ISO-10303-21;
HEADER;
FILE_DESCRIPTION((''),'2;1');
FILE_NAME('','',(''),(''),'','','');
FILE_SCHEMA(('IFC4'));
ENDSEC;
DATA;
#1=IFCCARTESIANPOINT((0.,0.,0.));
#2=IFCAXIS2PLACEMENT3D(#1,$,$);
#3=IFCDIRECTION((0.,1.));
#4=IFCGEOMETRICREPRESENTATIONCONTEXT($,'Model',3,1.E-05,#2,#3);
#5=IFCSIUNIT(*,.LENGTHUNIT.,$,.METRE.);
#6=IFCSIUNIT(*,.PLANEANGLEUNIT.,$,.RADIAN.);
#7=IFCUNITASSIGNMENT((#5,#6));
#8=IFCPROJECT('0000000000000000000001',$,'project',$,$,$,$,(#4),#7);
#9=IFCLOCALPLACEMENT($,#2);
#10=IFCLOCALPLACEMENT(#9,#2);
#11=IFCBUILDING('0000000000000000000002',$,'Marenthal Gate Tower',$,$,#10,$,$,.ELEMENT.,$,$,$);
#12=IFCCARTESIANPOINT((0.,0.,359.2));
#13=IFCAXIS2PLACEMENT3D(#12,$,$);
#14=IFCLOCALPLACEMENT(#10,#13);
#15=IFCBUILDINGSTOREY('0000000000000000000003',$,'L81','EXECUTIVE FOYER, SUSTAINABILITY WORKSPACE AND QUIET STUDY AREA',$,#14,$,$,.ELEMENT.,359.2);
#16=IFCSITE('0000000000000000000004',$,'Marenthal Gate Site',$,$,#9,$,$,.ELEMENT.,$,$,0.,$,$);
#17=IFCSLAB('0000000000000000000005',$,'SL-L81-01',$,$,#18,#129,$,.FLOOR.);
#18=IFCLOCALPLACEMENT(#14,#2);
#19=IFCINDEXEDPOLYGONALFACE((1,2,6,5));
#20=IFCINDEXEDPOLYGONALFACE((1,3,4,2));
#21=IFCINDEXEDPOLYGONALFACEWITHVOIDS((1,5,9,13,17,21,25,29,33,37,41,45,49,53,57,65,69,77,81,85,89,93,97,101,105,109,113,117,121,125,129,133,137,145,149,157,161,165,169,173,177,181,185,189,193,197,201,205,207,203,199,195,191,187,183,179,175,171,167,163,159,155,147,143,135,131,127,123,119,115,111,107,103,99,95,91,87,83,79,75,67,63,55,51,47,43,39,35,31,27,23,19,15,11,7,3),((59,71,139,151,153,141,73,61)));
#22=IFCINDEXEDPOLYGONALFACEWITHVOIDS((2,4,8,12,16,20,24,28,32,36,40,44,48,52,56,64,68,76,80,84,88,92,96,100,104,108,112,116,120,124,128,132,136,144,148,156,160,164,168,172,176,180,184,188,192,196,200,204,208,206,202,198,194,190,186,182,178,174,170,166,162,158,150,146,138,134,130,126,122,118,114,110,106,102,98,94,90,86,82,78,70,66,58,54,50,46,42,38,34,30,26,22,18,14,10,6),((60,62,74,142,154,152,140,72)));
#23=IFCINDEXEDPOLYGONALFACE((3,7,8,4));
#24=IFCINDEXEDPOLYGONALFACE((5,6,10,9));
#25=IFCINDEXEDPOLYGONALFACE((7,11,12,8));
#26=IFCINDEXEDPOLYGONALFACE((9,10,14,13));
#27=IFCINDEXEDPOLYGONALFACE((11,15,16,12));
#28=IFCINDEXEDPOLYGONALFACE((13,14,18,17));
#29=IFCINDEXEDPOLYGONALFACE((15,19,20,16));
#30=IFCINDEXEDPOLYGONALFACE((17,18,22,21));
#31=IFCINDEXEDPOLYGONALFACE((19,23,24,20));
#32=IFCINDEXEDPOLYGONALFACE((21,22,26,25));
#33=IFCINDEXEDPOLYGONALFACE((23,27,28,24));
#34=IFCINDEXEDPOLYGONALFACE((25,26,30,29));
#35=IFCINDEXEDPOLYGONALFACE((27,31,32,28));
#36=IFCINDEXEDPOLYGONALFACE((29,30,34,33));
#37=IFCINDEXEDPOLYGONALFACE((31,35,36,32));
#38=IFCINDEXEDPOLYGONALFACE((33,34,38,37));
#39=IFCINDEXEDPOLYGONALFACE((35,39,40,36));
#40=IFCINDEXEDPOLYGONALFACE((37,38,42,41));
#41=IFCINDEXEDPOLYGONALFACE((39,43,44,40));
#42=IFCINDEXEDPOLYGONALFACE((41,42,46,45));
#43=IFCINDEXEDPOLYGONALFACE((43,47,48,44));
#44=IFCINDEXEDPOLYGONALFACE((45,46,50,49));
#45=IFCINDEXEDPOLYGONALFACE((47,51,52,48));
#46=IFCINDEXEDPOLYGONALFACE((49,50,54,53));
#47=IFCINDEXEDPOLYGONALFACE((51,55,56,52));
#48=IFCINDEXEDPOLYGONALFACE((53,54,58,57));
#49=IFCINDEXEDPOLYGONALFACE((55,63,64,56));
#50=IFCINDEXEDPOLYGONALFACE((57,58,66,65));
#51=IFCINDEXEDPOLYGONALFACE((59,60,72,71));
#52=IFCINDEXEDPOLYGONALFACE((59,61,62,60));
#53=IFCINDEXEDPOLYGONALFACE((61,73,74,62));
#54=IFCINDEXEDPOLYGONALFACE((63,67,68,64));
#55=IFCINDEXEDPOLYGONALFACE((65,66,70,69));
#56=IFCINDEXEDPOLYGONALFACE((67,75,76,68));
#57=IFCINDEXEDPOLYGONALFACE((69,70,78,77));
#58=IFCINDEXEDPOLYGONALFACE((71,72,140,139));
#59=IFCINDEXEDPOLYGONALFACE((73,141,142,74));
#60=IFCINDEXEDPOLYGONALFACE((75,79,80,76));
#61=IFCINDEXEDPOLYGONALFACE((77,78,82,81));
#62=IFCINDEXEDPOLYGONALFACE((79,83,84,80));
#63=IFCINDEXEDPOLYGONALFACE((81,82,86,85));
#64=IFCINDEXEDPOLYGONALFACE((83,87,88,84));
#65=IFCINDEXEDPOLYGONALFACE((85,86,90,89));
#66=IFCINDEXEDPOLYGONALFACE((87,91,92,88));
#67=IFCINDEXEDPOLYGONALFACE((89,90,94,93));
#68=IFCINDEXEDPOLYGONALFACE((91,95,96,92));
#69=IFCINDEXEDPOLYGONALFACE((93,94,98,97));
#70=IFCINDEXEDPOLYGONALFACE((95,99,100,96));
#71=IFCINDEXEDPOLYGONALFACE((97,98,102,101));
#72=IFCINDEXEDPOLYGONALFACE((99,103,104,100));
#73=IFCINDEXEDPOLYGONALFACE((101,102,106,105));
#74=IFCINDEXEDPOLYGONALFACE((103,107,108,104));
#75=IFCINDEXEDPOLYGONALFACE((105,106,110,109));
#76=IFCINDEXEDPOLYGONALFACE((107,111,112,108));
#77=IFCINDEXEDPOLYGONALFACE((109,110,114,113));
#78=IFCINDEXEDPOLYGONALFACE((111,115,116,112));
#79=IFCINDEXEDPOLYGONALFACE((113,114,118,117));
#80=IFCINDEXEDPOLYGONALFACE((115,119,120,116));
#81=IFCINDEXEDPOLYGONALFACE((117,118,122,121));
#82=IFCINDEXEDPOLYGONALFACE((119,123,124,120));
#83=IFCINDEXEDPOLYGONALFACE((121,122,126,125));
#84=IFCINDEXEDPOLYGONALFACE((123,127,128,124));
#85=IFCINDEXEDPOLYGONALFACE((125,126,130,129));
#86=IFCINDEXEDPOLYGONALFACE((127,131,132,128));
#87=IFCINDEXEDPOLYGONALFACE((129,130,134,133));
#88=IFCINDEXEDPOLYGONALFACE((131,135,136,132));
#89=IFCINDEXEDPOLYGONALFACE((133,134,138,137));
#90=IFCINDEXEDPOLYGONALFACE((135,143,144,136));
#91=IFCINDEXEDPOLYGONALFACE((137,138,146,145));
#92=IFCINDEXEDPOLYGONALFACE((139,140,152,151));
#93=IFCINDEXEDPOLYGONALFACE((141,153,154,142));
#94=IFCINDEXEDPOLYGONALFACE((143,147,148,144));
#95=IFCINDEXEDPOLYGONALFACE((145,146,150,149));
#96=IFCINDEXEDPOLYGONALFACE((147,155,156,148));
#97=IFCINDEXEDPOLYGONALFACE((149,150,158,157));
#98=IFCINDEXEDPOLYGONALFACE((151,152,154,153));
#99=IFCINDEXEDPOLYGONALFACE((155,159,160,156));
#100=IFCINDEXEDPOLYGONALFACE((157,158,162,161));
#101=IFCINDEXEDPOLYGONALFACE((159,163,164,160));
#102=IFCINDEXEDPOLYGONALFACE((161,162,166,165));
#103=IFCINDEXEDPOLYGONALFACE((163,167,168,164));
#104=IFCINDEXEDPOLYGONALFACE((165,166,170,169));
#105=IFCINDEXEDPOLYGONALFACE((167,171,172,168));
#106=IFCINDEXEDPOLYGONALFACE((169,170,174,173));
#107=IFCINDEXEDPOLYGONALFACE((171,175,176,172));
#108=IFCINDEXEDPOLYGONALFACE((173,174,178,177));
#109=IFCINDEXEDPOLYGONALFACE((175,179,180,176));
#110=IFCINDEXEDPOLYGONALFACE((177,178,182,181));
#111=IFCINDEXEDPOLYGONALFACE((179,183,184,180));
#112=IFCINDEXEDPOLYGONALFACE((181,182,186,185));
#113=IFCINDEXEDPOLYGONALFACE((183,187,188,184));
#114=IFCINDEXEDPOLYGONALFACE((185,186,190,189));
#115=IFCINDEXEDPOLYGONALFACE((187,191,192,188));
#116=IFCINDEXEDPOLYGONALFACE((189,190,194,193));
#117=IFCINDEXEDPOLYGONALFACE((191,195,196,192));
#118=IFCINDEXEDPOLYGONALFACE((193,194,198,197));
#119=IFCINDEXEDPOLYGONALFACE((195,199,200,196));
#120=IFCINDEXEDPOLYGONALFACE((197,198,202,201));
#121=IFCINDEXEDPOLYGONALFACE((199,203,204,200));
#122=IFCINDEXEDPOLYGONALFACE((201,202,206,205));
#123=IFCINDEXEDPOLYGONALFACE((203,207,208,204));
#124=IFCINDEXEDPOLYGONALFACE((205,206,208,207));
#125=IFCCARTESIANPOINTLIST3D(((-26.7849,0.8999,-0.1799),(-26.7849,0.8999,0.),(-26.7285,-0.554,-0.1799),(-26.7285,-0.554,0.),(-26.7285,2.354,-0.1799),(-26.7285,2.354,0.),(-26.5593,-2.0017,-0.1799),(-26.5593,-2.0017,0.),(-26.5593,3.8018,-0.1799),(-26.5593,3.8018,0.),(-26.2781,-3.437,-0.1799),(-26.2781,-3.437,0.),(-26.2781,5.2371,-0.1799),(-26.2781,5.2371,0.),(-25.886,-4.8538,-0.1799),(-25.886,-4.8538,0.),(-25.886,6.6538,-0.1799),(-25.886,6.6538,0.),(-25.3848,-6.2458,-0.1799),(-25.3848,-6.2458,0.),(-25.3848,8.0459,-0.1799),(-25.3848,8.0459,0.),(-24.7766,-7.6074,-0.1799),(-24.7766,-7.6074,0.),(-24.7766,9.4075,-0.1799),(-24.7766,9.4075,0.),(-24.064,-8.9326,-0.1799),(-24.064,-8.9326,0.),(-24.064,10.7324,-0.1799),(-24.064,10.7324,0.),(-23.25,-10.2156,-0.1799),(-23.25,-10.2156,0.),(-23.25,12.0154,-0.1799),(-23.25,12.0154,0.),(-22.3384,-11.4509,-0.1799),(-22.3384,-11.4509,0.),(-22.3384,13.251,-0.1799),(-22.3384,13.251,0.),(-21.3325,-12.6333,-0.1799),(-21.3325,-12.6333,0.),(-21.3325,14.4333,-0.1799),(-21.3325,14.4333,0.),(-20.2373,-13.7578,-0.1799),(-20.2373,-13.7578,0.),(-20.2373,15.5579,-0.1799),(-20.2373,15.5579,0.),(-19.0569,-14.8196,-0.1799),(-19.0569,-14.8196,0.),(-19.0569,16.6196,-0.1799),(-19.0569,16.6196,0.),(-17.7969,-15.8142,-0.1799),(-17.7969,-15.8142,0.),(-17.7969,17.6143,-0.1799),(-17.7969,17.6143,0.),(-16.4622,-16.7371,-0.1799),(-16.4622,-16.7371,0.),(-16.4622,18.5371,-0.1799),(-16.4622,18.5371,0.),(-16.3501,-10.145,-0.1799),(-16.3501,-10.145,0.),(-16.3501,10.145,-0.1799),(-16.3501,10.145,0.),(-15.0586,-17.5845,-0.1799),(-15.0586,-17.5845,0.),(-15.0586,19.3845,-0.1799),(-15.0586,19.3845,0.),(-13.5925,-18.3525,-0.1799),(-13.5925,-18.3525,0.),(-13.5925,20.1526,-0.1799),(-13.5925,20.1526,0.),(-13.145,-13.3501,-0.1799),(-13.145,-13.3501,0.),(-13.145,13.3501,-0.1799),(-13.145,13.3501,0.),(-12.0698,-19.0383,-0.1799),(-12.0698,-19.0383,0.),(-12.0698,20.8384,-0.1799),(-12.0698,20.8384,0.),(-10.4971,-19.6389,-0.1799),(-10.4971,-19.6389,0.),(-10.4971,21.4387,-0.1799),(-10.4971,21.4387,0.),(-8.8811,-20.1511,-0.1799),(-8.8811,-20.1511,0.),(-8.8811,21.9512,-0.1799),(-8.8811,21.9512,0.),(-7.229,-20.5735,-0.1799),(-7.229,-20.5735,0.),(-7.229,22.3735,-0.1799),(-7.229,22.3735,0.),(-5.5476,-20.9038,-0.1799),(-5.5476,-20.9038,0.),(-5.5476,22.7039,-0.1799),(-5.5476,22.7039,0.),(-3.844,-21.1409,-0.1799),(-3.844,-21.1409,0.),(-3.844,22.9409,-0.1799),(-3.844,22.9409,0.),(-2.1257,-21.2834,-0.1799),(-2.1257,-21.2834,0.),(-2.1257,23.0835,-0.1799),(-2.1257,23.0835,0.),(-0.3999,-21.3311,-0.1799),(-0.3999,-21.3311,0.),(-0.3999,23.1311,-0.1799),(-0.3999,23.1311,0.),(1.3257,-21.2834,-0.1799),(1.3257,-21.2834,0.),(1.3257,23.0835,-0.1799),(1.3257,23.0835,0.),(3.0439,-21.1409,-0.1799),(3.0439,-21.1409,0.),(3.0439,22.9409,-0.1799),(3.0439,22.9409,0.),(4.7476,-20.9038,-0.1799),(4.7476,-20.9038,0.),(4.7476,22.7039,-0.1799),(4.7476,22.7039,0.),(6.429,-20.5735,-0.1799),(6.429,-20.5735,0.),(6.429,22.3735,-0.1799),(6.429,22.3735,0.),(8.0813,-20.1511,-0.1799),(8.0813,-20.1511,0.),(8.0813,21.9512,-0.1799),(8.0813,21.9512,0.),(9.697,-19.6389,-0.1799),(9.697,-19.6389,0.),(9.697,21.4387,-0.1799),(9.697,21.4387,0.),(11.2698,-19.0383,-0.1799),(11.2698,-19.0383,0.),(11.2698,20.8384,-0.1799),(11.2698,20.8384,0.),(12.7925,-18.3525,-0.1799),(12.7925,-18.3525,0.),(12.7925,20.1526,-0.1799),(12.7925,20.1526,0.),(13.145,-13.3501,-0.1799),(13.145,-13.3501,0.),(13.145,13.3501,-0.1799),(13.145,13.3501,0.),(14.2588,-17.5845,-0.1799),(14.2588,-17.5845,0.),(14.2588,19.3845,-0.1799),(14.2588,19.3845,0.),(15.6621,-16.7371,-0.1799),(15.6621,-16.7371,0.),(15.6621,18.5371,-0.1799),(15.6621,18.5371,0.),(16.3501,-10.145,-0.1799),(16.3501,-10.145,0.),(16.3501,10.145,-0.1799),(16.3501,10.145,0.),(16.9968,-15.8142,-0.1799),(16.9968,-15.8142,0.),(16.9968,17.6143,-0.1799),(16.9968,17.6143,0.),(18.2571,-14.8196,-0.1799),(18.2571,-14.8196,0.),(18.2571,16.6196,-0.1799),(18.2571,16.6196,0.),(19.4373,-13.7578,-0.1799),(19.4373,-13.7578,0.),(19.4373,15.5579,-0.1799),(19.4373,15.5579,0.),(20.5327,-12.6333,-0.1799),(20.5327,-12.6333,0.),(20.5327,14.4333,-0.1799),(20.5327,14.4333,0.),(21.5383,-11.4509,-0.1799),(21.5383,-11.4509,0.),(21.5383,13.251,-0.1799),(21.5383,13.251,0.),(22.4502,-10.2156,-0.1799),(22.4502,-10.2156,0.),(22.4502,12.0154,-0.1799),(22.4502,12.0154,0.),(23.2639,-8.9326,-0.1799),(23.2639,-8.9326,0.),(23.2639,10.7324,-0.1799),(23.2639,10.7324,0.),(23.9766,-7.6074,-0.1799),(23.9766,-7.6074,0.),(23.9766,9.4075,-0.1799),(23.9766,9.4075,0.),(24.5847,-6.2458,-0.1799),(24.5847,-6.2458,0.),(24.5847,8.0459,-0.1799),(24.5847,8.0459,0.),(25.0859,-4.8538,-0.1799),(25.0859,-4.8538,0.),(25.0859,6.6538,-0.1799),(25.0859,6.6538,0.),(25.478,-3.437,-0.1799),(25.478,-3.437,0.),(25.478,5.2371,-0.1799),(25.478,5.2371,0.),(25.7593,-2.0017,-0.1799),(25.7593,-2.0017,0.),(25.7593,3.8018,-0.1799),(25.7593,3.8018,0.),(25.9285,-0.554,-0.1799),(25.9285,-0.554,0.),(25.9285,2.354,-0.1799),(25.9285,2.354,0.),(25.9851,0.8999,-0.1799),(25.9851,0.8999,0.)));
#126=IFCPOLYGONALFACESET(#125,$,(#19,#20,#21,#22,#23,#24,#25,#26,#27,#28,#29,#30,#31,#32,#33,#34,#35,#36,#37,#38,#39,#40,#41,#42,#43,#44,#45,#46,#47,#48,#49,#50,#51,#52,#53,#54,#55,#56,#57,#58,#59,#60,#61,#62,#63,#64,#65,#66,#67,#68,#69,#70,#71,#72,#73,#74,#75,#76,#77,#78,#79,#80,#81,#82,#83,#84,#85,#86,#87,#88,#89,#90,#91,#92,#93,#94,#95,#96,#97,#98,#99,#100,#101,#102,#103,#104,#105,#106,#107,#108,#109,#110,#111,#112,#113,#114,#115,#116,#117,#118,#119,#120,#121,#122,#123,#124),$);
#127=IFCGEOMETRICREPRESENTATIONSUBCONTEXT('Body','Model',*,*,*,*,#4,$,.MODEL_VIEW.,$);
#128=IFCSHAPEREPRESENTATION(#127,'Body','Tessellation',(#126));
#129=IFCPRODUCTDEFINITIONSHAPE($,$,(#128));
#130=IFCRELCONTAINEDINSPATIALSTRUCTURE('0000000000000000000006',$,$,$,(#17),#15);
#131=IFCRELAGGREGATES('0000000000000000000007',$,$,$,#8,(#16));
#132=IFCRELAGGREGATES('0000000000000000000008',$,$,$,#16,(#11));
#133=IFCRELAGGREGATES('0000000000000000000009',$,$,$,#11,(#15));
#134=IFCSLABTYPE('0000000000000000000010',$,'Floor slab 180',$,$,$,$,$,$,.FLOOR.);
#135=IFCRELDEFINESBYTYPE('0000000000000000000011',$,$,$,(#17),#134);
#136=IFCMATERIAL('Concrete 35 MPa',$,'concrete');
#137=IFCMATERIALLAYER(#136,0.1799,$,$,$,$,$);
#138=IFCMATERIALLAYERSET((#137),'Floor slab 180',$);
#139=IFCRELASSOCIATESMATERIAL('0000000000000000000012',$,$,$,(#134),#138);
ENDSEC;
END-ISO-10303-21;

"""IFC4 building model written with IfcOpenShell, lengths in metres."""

from ifc_helpers import new_model, si_unit, direction, frame, origin, place, context, subcontext, project, spatial, polyline, outline, extrude, material, layer, layer_set, type_object, element, save


model = new_model("IFC4")

# Units and contexts
model_context = context("Model", 3, precision=1e-05, world=origin(), true_north=direction((0.0, 1.0)))
body_context = subcontext(model_context, "Body", "Model", "MODEL_VIEW")
ifc_project = project(units=[si_unit("LENGTHUNIT", "METRE"), si_unit("PLANEANGLEUNIT", "RADIAN")], contexts=[model_context])

# Site, building, storey
site_placement = place(None, origin())
site = spatial("IfcSite", under=ifc_project, at=site_placement, Name="Marenthal Gate Site", CompositionType="ELEMENT", RefElevation=0.0)
building_placement = place(site_placement, origin())
building = spatial("IfcBuilding", under=site, at=building_placement, Name="Marenthal Gate Tower", CompositionType="ELEMENT")
storey_placement = place(building_placement, frame((0.0, 0.0, 359.2)))
storey = spatial("IfcBuildingStorey", under=building, at=storey_placement, Name="L81", Description="EXECUTIVE FOYER, SUSTAINABILITY WORKSPACE AND QUIET STUDY AREA", CompositionType="ELEMENT", Elevation=359.2)

# Slab
ifc_material_1 = material(Name="Concrete 35 MPa", Category="concrete")
ifc_layer_1 = layer(ifc_material_1, 0.1799)
ifc_layer_set_1 = layer_set([ifc_layer_1], Name="Floor slab 180")
slab_type = type_object("IfcSlabType", Name="Floor slab 180", PredefinedType="FLOOR", material=ifc_layer_set_1)
slab_placement = place(storey_placement, frame((0.0, 0.0, -0.1799)))
element("IfcSlab", 1, at=slab_placement, inside=storey, type_object=slab_type, Name="SL-L81-01", PredefinedType="FLOOR", context=body_context, shape_type="SweptSolid", body=[
    extrude(outline(polyline([(25.9851, 0.8999), (25.9285, 2.354), (25.7593, 3.8018), (25.478, 5.2371), (25.0859, 6.6538), (24.5847, 8.0459), (23.9766, 9.4075), (23.2639, 10.7324), (22.4502, 12.0154), (21.5383, 13.251), (20.5327, 14.4333), (19.4373, 15.5579), (18.2571, 16.6196), (16.9968, 17.6143), (15.6621, 18.5371), (14.2588, 19.3845), (12.7925, 20.1526), (11.2698, 20.8384), (9.697, 21.4387), (8.0813, 21.9512), (6.429, 22.3735), (4.7476, 22.7039), (3.0439, 22.9409), (1.3257, 23.0835), (-0.3999, 23.1311), (-2.1257, 23.0835), (-3.844, 22.9409), (-5.5476, 22.7039), (-7.229, 22.3735), (-8.8811, 21.9512), (-10.4971, 21.4387), (-12.0698, 20.8384), (-13.5925, 20.1526), (-15.0586, 19.3845), (-16.4622, 18.5371), (-17.7969, 17.6143), (-19.0569, 16.6196), (-20.2373, 15.5579), (-21.3325, 14.4333), (-22.3384, 13.251), (-23.25, 12.0154), (-24.064, 10.7324), (-24.7766, 9.4075), (-25.3848, 8.0459), (-25.886, 6.6538), (-26.2781, 5.2371), (-26.5593, 3.8018), (-26.7285, 2.354), (-26.7849, 0.8999), (-26.7285, -0.554), (-26.5593, -2.0017), (-26.2781, -3.437), (-25.886, -4.8538), (-25.3848, -6.2458), (-24.7766, -7.6074), (-24.064, -8.9326), (-23.25, -10.2156), (-22.3384, -11.4509), (-21.3325, -12.6333), (-20.2373, -13.7578), (-19.0569, -14.8196), (-17.7969, -15.8142), (-16.4622, -16.7371), (-15.0586, -17.5845), (-13.5925, -18.3525), (-12.0698, -19.0383), (-10.4971, -19.6389), (-8.8811, -20.1511), (-7.229, -20.5735), (-5.5476, -20.9038), (-3.844, -21.1409), (-2.1257, -21.2834), (-0.3999, -21.3311), (1.3257, -21.2834), (3.0439, -21.1409), (4.7476, -20.9038), (6.429, -20.5735), (8.0813, -20.1511), (9.697, -19.6389), (11.2698, -19.0383), (12.7925, -18.3525), (14.2588, -17.5845), (15.6621, -16.7371), (16.9968, -15.8142), (18.2571, -14.8196), (19.4373, -13.7578), (20.5327, -12.6333), (21.5383, -11.4509), (22.4502, -10.2156), (23.2639, -8.9326), (23.9766, -7.6074), (24.5847, -6.2458), (25.0859, -4.8538), (25.478, -3.437), (25.7593, -2.0017), (25.9285, -0.554), (25.9851, 0.8999)]), holes=[polyline([(13.145, -13.3501), (16.3501, -10.145), (16.3501, 10.145), (13.145, 13.3501), (-13.145, 13.3501), (-16.3501, 10.145), (-16.3501, -10.145), (-13.145, -13.3501), (13.145, -13.3501)])]), origin(), (0.0, 0.0, 1.0), 0.1799),
])

save(model, "model.ifc")
